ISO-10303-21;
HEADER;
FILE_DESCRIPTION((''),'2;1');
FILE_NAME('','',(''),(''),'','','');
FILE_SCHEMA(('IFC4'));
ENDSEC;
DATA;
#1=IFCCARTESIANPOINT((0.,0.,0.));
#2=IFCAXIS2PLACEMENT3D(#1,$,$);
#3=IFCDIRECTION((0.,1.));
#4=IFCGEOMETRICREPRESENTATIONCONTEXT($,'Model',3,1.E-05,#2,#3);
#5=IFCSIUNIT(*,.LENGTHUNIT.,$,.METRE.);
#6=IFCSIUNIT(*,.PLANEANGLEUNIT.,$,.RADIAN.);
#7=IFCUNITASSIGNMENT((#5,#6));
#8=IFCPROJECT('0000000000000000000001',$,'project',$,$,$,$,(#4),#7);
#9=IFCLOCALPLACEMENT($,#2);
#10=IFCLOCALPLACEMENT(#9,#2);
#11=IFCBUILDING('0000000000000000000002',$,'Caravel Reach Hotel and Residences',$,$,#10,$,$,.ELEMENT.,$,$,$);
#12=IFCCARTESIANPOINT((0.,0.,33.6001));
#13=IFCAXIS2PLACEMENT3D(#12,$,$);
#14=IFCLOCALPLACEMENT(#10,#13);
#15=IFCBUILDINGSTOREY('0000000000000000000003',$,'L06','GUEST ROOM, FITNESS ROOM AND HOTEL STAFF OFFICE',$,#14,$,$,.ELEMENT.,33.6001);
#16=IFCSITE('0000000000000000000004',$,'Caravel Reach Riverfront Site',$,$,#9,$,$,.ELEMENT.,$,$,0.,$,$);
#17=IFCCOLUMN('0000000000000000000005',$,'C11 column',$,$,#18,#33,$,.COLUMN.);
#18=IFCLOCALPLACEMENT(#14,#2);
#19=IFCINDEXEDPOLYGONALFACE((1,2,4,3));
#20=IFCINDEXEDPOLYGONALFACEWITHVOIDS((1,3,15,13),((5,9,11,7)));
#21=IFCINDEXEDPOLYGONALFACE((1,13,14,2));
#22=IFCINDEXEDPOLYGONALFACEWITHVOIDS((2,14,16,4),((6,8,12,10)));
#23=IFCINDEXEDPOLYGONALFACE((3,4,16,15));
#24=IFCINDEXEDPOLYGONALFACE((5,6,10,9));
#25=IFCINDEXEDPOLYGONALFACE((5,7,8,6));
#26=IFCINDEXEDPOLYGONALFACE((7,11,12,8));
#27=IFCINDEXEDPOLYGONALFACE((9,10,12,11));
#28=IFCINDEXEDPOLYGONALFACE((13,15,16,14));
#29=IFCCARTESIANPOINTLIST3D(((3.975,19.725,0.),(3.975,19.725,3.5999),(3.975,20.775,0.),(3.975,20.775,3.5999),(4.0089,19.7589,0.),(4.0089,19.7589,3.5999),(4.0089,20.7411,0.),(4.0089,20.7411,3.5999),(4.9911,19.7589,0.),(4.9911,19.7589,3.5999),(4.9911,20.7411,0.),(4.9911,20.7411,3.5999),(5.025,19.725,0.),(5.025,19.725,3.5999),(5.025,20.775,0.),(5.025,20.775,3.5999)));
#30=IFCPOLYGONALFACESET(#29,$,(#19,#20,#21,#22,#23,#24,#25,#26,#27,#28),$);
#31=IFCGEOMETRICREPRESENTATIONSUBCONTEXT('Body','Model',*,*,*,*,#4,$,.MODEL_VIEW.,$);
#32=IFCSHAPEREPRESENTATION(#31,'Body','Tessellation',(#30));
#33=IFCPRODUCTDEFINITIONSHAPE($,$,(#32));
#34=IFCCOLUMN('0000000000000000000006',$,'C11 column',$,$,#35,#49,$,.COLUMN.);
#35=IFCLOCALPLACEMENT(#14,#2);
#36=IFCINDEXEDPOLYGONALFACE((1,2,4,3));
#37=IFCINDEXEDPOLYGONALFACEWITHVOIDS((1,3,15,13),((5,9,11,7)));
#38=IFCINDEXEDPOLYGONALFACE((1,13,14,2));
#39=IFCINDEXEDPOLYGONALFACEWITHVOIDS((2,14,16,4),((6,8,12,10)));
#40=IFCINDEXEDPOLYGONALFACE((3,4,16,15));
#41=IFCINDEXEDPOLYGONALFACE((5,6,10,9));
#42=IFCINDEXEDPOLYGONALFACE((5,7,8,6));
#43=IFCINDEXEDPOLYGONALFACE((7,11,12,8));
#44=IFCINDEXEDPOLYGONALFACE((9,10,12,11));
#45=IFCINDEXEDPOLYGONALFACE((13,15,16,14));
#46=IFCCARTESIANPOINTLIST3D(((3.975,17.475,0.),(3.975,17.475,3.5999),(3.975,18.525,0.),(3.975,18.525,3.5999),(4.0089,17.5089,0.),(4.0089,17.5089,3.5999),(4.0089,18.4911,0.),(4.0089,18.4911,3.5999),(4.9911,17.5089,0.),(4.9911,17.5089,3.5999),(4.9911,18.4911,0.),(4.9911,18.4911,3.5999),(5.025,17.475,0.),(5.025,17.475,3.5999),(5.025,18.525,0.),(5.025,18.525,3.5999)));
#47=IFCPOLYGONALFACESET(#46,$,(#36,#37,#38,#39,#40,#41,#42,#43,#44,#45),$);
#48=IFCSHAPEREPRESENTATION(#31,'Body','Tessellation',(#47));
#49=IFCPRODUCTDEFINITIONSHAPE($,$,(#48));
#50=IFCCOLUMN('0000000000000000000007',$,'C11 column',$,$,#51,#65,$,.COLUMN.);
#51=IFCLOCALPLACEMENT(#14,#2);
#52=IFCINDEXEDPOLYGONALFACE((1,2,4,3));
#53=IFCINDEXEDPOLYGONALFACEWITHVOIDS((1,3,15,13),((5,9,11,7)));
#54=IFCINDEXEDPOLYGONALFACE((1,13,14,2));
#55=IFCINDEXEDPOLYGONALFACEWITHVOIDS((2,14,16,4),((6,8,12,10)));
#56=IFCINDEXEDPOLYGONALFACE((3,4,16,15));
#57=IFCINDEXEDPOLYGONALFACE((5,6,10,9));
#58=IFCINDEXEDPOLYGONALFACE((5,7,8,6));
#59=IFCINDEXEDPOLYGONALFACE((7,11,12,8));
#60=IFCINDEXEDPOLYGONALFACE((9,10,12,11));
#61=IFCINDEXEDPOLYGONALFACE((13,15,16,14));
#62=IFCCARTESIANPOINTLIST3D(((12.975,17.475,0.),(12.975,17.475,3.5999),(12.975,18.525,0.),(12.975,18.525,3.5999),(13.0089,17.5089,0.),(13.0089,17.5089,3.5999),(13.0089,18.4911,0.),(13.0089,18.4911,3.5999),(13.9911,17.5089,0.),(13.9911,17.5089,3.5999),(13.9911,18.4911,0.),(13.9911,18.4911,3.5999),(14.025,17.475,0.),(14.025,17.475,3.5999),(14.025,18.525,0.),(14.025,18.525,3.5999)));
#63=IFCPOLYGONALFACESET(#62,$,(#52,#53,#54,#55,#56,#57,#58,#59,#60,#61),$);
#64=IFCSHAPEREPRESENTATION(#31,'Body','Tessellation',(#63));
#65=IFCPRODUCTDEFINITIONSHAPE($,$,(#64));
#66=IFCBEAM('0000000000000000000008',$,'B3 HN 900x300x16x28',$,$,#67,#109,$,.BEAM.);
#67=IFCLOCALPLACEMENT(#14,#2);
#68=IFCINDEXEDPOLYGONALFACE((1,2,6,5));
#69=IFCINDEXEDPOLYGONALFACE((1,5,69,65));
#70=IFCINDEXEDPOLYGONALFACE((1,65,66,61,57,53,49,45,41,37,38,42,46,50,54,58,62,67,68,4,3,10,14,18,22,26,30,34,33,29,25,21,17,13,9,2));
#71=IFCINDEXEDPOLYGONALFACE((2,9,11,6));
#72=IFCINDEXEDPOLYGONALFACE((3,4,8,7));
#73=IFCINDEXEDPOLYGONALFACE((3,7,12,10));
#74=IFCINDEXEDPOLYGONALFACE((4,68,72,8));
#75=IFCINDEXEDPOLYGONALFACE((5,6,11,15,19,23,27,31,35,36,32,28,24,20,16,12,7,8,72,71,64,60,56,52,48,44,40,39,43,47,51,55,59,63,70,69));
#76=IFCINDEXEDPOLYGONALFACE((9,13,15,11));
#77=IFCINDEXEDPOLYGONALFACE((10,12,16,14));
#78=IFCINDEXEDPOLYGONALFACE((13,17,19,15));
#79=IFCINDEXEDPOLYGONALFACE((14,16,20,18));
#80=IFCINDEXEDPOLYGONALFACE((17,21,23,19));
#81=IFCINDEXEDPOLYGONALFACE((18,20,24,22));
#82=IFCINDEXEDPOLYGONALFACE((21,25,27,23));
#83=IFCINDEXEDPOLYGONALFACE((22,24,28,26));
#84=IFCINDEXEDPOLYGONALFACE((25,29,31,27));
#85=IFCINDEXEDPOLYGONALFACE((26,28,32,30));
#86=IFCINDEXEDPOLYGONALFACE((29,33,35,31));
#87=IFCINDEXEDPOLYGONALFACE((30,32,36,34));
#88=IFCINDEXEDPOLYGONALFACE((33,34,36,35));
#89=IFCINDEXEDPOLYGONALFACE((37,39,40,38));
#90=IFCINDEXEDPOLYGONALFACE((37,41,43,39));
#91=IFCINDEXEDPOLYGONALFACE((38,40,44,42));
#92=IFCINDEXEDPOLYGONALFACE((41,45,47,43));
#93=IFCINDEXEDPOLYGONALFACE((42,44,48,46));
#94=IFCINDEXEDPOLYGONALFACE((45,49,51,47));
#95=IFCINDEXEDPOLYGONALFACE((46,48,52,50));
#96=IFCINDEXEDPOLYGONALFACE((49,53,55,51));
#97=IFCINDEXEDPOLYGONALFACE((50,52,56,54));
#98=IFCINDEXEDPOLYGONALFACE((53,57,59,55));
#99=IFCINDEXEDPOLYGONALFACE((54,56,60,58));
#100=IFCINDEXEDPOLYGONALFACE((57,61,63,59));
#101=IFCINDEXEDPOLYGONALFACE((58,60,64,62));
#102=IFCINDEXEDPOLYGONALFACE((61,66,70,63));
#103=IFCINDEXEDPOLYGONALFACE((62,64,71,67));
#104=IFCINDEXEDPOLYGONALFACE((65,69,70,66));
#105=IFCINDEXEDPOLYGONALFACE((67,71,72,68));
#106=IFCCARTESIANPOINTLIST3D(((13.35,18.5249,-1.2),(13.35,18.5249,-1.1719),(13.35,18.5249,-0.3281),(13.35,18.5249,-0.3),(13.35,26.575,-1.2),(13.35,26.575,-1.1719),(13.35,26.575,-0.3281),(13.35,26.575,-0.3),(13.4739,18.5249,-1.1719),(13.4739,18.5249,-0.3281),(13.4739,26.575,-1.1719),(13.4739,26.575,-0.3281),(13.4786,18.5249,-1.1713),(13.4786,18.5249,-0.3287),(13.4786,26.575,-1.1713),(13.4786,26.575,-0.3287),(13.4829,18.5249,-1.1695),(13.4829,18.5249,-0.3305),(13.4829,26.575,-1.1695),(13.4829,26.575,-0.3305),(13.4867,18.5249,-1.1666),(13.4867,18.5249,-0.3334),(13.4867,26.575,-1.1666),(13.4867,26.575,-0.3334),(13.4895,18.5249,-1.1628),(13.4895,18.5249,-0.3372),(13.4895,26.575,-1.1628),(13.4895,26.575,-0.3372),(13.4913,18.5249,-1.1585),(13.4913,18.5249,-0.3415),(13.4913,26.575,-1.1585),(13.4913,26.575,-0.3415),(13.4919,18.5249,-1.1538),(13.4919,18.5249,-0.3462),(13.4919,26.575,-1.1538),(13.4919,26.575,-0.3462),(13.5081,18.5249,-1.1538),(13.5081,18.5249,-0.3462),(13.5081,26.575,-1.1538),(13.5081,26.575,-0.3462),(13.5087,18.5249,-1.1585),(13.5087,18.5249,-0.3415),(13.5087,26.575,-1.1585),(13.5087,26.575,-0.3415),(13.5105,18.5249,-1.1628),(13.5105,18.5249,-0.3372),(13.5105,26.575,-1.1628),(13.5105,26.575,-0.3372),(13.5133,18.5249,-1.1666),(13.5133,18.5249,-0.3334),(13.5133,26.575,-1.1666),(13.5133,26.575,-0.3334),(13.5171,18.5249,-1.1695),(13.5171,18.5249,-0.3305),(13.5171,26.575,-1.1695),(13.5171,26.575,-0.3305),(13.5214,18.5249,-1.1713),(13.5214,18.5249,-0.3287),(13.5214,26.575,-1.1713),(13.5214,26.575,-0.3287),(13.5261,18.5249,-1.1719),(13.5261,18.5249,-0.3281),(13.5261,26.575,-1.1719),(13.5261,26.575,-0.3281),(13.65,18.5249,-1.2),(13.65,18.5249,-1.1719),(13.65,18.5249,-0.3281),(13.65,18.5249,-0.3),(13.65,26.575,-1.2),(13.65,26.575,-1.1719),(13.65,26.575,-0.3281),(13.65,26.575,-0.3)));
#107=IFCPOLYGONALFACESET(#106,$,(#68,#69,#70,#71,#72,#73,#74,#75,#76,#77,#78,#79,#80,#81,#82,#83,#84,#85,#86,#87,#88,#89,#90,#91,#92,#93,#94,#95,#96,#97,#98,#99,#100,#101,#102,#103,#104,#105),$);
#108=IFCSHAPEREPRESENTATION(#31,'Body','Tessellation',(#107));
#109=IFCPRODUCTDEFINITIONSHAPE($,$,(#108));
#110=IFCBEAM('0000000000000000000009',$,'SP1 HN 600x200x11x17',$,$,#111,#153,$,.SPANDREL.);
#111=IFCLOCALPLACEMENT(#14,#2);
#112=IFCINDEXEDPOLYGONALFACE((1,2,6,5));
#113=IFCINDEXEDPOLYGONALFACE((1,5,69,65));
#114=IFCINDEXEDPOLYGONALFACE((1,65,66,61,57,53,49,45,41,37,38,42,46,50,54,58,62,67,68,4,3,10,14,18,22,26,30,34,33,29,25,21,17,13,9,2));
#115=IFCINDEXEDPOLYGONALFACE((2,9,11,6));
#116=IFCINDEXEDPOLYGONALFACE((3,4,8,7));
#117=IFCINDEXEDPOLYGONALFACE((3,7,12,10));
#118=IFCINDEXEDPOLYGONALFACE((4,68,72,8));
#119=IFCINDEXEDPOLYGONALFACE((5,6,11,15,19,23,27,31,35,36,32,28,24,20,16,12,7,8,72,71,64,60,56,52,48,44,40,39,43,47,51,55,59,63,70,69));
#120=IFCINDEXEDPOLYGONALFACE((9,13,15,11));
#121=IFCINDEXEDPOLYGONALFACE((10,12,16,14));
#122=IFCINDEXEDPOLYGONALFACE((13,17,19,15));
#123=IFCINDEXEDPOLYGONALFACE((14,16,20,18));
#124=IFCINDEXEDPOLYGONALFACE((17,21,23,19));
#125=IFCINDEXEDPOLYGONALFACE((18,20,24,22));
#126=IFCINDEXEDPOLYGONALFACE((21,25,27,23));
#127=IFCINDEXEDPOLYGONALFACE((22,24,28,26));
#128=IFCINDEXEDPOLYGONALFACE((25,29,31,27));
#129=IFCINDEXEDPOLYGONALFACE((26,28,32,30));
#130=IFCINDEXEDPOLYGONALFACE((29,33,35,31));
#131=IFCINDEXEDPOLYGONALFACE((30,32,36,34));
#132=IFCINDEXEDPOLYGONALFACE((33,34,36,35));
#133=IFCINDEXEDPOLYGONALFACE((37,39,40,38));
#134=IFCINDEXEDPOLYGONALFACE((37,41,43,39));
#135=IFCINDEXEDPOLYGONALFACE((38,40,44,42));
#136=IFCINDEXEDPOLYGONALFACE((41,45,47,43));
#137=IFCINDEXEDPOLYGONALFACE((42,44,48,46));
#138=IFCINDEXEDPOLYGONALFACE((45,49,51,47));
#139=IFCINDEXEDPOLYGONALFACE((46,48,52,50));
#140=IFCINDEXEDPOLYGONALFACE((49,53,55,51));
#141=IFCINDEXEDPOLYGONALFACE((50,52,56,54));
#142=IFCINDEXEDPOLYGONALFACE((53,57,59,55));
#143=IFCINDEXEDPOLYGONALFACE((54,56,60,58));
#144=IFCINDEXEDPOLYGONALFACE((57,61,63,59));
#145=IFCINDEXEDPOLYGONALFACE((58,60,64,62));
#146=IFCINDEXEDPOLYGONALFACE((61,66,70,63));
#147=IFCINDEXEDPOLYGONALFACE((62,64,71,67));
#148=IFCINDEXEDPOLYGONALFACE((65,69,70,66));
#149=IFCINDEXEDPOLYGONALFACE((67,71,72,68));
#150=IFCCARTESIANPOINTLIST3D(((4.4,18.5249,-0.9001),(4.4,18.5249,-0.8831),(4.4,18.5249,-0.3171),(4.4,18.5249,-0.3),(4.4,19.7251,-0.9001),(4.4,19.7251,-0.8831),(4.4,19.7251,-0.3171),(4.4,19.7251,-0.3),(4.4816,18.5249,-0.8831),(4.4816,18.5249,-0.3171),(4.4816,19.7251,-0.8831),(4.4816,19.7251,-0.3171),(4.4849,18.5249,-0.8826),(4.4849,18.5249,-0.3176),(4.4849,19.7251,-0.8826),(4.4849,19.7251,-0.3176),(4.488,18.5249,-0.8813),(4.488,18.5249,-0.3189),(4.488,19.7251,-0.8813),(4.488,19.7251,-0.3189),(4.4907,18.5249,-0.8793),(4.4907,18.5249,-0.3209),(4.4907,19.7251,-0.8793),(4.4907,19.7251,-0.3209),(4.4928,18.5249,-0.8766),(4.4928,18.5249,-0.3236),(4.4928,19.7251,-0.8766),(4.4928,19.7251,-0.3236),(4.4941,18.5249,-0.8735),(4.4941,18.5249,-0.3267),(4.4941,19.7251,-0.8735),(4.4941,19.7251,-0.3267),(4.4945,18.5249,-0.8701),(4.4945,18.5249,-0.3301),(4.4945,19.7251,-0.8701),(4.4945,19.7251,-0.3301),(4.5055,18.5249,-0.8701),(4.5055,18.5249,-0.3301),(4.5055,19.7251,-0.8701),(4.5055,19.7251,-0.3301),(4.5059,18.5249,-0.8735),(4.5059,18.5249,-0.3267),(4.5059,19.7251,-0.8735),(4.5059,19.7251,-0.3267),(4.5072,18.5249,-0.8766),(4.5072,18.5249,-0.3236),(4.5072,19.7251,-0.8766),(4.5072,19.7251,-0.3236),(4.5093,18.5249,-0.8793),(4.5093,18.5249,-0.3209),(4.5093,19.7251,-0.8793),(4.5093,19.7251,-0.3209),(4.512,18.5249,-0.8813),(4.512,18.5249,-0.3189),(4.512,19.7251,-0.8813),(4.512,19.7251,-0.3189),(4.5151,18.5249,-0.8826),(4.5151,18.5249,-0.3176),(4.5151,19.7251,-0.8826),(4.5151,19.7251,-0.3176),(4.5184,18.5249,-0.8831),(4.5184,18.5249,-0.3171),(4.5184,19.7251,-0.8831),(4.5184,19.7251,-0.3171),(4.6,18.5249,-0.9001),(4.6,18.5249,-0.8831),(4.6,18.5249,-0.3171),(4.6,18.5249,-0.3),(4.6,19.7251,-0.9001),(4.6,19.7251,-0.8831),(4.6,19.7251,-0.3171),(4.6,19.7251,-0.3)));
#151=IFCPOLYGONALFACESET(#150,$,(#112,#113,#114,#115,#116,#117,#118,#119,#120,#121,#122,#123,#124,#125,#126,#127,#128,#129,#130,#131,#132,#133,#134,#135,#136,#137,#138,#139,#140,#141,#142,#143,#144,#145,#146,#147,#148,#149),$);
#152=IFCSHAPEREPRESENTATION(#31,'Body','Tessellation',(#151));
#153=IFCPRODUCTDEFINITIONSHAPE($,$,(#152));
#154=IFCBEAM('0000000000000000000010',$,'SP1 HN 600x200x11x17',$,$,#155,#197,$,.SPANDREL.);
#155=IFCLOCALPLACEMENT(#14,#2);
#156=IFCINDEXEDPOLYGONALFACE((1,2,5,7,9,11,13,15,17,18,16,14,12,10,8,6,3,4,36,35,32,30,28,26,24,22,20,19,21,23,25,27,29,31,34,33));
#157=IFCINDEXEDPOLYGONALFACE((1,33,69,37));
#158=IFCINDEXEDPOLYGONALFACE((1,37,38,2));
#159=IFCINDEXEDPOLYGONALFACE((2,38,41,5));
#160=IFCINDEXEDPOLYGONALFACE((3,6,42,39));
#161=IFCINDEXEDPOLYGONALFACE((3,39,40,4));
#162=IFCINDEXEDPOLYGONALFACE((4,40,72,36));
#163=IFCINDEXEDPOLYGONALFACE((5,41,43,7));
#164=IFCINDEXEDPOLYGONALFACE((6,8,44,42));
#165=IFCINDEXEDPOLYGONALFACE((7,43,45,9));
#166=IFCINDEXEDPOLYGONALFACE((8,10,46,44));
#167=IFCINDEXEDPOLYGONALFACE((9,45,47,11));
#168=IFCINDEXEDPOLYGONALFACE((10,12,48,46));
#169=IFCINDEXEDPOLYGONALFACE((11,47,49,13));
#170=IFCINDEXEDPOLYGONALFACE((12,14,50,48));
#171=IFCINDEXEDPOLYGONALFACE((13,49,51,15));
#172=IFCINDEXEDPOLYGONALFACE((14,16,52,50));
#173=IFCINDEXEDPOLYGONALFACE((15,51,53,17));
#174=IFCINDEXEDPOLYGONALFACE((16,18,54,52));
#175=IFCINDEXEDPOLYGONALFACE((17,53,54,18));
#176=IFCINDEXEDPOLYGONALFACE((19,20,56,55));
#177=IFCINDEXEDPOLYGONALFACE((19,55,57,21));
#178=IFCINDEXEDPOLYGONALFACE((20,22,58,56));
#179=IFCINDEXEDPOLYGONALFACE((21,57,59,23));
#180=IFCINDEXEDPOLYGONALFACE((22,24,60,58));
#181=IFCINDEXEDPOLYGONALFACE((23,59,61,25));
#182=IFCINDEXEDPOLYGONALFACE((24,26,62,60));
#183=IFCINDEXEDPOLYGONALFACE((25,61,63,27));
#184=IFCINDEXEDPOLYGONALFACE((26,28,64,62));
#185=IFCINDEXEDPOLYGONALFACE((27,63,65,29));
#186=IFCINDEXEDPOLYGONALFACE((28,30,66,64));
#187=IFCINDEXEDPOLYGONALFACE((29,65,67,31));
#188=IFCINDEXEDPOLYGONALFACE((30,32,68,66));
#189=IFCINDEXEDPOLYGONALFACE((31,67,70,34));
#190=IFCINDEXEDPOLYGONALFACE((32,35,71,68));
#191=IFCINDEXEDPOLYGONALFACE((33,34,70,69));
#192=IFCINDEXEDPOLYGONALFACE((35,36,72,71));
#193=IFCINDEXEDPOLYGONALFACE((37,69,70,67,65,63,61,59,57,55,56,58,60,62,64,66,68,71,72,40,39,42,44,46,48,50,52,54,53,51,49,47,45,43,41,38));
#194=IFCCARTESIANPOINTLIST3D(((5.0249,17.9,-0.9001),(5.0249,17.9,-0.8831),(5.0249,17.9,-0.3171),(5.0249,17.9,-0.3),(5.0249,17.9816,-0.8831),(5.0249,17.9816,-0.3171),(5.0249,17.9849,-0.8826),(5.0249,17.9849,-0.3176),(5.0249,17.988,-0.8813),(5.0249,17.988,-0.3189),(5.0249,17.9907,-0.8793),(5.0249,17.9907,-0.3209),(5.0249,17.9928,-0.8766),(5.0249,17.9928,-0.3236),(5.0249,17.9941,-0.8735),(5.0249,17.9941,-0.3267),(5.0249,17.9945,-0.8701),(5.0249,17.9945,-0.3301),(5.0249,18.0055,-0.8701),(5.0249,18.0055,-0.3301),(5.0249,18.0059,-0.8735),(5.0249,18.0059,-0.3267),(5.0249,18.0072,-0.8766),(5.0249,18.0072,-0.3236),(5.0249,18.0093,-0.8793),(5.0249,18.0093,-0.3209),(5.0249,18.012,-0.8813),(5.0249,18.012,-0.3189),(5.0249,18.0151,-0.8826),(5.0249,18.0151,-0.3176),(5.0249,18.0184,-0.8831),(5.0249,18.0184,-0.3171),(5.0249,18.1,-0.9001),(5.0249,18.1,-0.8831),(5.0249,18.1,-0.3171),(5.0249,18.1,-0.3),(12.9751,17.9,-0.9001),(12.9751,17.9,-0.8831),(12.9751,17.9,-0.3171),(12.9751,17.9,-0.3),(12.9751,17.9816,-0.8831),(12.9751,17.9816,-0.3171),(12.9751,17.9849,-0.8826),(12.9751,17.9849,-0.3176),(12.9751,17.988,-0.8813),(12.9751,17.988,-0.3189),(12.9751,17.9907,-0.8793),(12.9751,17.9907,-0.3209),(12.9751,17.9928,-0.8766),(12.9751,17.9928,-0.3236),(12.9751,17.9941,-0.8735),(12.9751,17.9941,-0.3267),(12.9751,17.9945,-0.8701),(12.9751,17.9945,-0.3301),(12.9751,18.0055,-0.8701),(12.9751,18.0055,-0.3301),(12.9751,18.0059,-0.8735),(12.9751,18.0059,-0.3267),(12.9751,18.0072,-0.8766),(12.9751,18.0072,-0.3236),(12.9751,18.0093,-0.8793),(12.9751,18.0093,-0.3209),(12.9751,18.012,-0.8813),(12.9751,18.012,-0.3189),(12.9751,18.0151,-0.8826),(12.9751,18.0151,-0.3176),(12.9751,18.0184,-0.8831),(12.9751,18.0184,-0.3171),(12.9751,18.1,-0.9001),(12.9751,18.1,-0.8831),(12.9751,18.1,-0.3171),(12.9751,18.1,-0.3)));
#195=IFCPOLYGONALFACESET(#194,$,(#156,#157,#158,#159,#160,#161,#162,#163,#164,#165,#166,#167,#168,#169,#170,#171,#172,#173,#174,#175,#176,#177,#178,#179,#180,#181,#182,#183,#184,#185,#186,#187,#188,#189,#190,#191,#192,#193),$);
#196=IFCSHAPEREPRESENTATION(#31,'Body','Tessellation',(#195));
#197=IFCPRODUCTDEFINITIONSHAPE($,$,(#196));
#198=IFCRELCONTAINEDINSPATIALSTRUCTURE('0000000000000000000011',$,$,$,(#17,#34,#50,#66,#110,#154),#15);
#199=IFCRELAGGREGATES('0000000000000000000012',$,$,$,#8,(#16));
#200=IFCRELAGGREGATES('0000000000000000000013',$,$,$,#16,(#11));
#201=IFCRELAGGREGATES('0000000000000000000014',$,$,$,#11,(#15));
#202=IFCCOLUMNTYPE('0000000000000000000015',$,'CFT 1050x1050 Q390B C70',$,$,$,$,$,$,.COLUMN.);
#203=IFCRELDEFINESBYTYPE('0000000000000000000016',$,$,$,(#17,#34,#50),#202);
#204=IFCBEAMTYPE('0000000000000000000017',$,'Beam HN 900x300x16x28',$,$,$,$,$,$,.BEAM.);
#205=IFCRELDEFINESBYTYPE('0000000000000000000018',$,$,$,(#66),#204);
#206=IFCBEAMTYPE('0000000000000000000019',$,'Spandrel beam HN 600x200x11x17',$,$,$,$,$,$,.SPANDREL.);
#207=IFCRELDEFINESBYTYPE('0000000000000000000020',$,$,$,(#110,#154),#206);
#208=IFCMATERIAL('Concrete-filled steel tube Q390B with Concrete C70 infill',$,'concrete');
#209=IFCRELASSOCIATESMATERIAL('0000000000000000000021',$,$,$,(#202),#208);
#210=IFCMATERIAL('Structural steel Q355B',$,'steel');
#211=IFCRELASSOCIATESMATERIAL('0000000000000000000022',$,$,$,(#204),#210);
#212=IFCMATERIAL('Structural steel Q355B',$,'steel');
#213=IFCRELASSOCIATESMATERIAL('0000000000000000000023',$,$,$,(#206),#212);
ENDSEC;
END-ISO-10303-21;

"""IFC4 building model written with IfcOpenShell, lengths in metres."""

from ifc_helpers import new_model, si_unit, direction, frame, origin, origin_2d, place, context, subcontext, project, spatial, hollow_rectangle, i_section, extrude, material, material_profile, profile_set, type_object, element, save


model = new_model("IFC4")

# Units and contexts
model_context = context("Model", 3, precision=1e-05, world=origin(), true_north=direction((0.0, 1.0)))
body_context = subcontext(model_context, "Body", "Model", "MODEL_VIEW")
ifc_project = project(units=[si_unit("LENGTHUNIT", "METRE"), si_unit("PLANEANGLEUNIT", "RADIAN")], contexts=[model_context])

# Site, building, storey
site_placement = place(None, origin())
site = spatial("IfcSite", under=ifc_project, at=site_placement, Name="Caravel Reach Riverfront Site", CompositionType="ELEMENT", RefElevation=0.0)
building_placement = place(site_placement, origin())
building = spatial("IfcBuilding", under=site, at=building_placement, Name="Caravel Reach Hotel and Residences", CompositionType="ELEMENT")
storey_placement = place(building_placement, frame((0.0, 0.0, 33.6001)))
storey = spatial("IfcBuildingStorey", under=building, at=storey_placement, Name="L06", Description="GUEST ROOM, FITNESS ROOM AND HOTEL STAFF OFFICE", CompositionType="ELEMENT", Elevation=33.6001)

# Columns
ifc_material_1 = material(Name="Concrete-filled steel tube Q390B with Concrete C70 infill", Category="concrete")
ifc_material_profile_1 = material_profile(ifc_material_1, hollow_rectangle(XDim=1.05, YDim=1.05, WallThickness=0.0339, at=origin_2d()), Name="RHS 1050x1050x34")
ifc_profile_set_1 = profile_set([ifc_material_profile_1], Name="Concrete-filled steel tube Q390B with Concrete C70 infill")
column_type = type_object("IfcColumnType", Name="CFT 1050x1050 Q390B C70", PredefinedType="COLUMN", material=ifc_profile_set_1)
for number, where, z_axis, x_axis, name in (
    (1, (4.5, 20.25, 0.0), (0.0, 0.0, 1.0), (1.0, 0.0, 0.0), "C11 column"),
    (2, (4.5, 18.0, 0.0), (0.0, 0.0, 1.0), (1.0, 0.0, 0.0), "C11 column"),
    (3, (13.5, 18.0, 0.0), (0.0, 0.0, 1.0), (1.0, 0.0, 0.0), "C11 column"),
):
    element("IfcColumn", number, at=place(storey_placement, frame(where, z_axis=z_axis, x_axis=x_axis)), inside=storey, type_object=column_type, Name=name, PredefinedType="COLUMN", context=body_context, shape_type="SweptSolid", body=[
        extrude(hollow_rectangle(XDim=1.05, YDim=1.05, WallThickness=0.0339, at=origin_2d()), origin(), (0.0, 0.0, 1.0), 3.5999),
    ])

# Beams
ifc_material_2 = material(Name="Structural steel Q355B", Category="steel")
ifc_material_profile_2 = material_profile(ifc_material_2, i_section(OverallWidth=0.3, OverallDepth=0.8999, WebThickness=0.0161, FlangeThickness=0.0281, FilletRadius=0.0181, at=origin_2d()), Name="HN 900x300x16x28")
ifc_profile_set_2 = profile_set([ifc_material_profile_2], Name="Structural steel Q355B")
beam_type_1 = type_object("IfcBeamType", Name="Beam HN 900x300x16x28", PredefinedType="BEAM", material=ifc_profile_set_2)
beam_1_placement = place(storey_placement, frame((13.5, 18.5249, -0.75), z_axis=(0.0, 1.0, 0.0), x_axis=(-1.0, 0.0, 0.0)))
element("IfcBeam", 4, at=beam_1_placement, inside=storey, type_object=beam_type_1, Name="B3 HN 900x300x16x28", PredefinedType="BEAM", context=body_context, shape_type="SweptSolid", body=[
    extrude(i_section(OverallWidth=0.3, OverallDepth=0.8999, WebThickness=0.0161, FlangeThickness=0.0281, FilletRadius=0.0181, at=origin_2d()), origin(), (0.0, 0.0, 1.0), 8.05),
])
ifc_material_3 = material(Name="Structural steel Q355B", Category="steel")
ifc_material_profile_3 = material_profile(ifc_material_3, i_section(OverallWidth=0.2, OverallDepth=0.6001, WebThickness=0.011, FlangeThickness=0.0171, FilletRadius=0.0129, at=origin_2d()), Name="HN 600x200x11x17")
ifc_profile_set_3 = profile_set([ifc_material_profile_3], Name="Structural steel Q355B")
beam_type_2 = type_object("IfcBeamType", Name="Spandrel beam HN 600x200x11x17", PredefinedType="SPANDREL", material=ifc_profile_set_3)
beam_2_placement = place(storey_placement, frame((4.5, 19.7251, -0.6001), z_axis=(0.0, -1.0, 0.0), x_axis=(1.0, 0.0, 0.0)))
element("IfcBeam", 5, at=beam_2_placement, inside=storey, type_object=beam_type_2, Name="SP1 HN 600x200x11x17", PredefinedType="SPANDREL", context=body_context, shape_type="SweptSolid", body=[
    extrude(i_section(OverallWidth=0.2, OverallDepth=0.6001, WebThickness=0.011, FlangeThickness=0.0171, FilletRadius=0.0129, at=origin_2d()), origin(), (0.0, 0.0, 1.0), 1.2002),
])
beam_3_placement = place(storey_placement, frame((5.0249, 18.0, -0.6001), z_axis=(1.0, 0.0, 0.0), x_axis=(0.0, 1.0, 0.0)))
element("IfcBeam", 6, at=beam_3_placement, inside=storey, type_object=beam_type_2, Name="SP1 HN 600x200x11x17", PredefinedType="SPANDREL", context=body_context, shape_type="SweptSolid", body=[
    extrude(i_section(OverallWidth=0.2, OverallDepth=0.6001, WebThickness=0.011, FlangeThickness=0.0171, FilletRadius=0.0129, at=origin_2d()), origin(), (0.0, 0.0, 1.0), 7.9502),
])

save(model, "model.ifc")
